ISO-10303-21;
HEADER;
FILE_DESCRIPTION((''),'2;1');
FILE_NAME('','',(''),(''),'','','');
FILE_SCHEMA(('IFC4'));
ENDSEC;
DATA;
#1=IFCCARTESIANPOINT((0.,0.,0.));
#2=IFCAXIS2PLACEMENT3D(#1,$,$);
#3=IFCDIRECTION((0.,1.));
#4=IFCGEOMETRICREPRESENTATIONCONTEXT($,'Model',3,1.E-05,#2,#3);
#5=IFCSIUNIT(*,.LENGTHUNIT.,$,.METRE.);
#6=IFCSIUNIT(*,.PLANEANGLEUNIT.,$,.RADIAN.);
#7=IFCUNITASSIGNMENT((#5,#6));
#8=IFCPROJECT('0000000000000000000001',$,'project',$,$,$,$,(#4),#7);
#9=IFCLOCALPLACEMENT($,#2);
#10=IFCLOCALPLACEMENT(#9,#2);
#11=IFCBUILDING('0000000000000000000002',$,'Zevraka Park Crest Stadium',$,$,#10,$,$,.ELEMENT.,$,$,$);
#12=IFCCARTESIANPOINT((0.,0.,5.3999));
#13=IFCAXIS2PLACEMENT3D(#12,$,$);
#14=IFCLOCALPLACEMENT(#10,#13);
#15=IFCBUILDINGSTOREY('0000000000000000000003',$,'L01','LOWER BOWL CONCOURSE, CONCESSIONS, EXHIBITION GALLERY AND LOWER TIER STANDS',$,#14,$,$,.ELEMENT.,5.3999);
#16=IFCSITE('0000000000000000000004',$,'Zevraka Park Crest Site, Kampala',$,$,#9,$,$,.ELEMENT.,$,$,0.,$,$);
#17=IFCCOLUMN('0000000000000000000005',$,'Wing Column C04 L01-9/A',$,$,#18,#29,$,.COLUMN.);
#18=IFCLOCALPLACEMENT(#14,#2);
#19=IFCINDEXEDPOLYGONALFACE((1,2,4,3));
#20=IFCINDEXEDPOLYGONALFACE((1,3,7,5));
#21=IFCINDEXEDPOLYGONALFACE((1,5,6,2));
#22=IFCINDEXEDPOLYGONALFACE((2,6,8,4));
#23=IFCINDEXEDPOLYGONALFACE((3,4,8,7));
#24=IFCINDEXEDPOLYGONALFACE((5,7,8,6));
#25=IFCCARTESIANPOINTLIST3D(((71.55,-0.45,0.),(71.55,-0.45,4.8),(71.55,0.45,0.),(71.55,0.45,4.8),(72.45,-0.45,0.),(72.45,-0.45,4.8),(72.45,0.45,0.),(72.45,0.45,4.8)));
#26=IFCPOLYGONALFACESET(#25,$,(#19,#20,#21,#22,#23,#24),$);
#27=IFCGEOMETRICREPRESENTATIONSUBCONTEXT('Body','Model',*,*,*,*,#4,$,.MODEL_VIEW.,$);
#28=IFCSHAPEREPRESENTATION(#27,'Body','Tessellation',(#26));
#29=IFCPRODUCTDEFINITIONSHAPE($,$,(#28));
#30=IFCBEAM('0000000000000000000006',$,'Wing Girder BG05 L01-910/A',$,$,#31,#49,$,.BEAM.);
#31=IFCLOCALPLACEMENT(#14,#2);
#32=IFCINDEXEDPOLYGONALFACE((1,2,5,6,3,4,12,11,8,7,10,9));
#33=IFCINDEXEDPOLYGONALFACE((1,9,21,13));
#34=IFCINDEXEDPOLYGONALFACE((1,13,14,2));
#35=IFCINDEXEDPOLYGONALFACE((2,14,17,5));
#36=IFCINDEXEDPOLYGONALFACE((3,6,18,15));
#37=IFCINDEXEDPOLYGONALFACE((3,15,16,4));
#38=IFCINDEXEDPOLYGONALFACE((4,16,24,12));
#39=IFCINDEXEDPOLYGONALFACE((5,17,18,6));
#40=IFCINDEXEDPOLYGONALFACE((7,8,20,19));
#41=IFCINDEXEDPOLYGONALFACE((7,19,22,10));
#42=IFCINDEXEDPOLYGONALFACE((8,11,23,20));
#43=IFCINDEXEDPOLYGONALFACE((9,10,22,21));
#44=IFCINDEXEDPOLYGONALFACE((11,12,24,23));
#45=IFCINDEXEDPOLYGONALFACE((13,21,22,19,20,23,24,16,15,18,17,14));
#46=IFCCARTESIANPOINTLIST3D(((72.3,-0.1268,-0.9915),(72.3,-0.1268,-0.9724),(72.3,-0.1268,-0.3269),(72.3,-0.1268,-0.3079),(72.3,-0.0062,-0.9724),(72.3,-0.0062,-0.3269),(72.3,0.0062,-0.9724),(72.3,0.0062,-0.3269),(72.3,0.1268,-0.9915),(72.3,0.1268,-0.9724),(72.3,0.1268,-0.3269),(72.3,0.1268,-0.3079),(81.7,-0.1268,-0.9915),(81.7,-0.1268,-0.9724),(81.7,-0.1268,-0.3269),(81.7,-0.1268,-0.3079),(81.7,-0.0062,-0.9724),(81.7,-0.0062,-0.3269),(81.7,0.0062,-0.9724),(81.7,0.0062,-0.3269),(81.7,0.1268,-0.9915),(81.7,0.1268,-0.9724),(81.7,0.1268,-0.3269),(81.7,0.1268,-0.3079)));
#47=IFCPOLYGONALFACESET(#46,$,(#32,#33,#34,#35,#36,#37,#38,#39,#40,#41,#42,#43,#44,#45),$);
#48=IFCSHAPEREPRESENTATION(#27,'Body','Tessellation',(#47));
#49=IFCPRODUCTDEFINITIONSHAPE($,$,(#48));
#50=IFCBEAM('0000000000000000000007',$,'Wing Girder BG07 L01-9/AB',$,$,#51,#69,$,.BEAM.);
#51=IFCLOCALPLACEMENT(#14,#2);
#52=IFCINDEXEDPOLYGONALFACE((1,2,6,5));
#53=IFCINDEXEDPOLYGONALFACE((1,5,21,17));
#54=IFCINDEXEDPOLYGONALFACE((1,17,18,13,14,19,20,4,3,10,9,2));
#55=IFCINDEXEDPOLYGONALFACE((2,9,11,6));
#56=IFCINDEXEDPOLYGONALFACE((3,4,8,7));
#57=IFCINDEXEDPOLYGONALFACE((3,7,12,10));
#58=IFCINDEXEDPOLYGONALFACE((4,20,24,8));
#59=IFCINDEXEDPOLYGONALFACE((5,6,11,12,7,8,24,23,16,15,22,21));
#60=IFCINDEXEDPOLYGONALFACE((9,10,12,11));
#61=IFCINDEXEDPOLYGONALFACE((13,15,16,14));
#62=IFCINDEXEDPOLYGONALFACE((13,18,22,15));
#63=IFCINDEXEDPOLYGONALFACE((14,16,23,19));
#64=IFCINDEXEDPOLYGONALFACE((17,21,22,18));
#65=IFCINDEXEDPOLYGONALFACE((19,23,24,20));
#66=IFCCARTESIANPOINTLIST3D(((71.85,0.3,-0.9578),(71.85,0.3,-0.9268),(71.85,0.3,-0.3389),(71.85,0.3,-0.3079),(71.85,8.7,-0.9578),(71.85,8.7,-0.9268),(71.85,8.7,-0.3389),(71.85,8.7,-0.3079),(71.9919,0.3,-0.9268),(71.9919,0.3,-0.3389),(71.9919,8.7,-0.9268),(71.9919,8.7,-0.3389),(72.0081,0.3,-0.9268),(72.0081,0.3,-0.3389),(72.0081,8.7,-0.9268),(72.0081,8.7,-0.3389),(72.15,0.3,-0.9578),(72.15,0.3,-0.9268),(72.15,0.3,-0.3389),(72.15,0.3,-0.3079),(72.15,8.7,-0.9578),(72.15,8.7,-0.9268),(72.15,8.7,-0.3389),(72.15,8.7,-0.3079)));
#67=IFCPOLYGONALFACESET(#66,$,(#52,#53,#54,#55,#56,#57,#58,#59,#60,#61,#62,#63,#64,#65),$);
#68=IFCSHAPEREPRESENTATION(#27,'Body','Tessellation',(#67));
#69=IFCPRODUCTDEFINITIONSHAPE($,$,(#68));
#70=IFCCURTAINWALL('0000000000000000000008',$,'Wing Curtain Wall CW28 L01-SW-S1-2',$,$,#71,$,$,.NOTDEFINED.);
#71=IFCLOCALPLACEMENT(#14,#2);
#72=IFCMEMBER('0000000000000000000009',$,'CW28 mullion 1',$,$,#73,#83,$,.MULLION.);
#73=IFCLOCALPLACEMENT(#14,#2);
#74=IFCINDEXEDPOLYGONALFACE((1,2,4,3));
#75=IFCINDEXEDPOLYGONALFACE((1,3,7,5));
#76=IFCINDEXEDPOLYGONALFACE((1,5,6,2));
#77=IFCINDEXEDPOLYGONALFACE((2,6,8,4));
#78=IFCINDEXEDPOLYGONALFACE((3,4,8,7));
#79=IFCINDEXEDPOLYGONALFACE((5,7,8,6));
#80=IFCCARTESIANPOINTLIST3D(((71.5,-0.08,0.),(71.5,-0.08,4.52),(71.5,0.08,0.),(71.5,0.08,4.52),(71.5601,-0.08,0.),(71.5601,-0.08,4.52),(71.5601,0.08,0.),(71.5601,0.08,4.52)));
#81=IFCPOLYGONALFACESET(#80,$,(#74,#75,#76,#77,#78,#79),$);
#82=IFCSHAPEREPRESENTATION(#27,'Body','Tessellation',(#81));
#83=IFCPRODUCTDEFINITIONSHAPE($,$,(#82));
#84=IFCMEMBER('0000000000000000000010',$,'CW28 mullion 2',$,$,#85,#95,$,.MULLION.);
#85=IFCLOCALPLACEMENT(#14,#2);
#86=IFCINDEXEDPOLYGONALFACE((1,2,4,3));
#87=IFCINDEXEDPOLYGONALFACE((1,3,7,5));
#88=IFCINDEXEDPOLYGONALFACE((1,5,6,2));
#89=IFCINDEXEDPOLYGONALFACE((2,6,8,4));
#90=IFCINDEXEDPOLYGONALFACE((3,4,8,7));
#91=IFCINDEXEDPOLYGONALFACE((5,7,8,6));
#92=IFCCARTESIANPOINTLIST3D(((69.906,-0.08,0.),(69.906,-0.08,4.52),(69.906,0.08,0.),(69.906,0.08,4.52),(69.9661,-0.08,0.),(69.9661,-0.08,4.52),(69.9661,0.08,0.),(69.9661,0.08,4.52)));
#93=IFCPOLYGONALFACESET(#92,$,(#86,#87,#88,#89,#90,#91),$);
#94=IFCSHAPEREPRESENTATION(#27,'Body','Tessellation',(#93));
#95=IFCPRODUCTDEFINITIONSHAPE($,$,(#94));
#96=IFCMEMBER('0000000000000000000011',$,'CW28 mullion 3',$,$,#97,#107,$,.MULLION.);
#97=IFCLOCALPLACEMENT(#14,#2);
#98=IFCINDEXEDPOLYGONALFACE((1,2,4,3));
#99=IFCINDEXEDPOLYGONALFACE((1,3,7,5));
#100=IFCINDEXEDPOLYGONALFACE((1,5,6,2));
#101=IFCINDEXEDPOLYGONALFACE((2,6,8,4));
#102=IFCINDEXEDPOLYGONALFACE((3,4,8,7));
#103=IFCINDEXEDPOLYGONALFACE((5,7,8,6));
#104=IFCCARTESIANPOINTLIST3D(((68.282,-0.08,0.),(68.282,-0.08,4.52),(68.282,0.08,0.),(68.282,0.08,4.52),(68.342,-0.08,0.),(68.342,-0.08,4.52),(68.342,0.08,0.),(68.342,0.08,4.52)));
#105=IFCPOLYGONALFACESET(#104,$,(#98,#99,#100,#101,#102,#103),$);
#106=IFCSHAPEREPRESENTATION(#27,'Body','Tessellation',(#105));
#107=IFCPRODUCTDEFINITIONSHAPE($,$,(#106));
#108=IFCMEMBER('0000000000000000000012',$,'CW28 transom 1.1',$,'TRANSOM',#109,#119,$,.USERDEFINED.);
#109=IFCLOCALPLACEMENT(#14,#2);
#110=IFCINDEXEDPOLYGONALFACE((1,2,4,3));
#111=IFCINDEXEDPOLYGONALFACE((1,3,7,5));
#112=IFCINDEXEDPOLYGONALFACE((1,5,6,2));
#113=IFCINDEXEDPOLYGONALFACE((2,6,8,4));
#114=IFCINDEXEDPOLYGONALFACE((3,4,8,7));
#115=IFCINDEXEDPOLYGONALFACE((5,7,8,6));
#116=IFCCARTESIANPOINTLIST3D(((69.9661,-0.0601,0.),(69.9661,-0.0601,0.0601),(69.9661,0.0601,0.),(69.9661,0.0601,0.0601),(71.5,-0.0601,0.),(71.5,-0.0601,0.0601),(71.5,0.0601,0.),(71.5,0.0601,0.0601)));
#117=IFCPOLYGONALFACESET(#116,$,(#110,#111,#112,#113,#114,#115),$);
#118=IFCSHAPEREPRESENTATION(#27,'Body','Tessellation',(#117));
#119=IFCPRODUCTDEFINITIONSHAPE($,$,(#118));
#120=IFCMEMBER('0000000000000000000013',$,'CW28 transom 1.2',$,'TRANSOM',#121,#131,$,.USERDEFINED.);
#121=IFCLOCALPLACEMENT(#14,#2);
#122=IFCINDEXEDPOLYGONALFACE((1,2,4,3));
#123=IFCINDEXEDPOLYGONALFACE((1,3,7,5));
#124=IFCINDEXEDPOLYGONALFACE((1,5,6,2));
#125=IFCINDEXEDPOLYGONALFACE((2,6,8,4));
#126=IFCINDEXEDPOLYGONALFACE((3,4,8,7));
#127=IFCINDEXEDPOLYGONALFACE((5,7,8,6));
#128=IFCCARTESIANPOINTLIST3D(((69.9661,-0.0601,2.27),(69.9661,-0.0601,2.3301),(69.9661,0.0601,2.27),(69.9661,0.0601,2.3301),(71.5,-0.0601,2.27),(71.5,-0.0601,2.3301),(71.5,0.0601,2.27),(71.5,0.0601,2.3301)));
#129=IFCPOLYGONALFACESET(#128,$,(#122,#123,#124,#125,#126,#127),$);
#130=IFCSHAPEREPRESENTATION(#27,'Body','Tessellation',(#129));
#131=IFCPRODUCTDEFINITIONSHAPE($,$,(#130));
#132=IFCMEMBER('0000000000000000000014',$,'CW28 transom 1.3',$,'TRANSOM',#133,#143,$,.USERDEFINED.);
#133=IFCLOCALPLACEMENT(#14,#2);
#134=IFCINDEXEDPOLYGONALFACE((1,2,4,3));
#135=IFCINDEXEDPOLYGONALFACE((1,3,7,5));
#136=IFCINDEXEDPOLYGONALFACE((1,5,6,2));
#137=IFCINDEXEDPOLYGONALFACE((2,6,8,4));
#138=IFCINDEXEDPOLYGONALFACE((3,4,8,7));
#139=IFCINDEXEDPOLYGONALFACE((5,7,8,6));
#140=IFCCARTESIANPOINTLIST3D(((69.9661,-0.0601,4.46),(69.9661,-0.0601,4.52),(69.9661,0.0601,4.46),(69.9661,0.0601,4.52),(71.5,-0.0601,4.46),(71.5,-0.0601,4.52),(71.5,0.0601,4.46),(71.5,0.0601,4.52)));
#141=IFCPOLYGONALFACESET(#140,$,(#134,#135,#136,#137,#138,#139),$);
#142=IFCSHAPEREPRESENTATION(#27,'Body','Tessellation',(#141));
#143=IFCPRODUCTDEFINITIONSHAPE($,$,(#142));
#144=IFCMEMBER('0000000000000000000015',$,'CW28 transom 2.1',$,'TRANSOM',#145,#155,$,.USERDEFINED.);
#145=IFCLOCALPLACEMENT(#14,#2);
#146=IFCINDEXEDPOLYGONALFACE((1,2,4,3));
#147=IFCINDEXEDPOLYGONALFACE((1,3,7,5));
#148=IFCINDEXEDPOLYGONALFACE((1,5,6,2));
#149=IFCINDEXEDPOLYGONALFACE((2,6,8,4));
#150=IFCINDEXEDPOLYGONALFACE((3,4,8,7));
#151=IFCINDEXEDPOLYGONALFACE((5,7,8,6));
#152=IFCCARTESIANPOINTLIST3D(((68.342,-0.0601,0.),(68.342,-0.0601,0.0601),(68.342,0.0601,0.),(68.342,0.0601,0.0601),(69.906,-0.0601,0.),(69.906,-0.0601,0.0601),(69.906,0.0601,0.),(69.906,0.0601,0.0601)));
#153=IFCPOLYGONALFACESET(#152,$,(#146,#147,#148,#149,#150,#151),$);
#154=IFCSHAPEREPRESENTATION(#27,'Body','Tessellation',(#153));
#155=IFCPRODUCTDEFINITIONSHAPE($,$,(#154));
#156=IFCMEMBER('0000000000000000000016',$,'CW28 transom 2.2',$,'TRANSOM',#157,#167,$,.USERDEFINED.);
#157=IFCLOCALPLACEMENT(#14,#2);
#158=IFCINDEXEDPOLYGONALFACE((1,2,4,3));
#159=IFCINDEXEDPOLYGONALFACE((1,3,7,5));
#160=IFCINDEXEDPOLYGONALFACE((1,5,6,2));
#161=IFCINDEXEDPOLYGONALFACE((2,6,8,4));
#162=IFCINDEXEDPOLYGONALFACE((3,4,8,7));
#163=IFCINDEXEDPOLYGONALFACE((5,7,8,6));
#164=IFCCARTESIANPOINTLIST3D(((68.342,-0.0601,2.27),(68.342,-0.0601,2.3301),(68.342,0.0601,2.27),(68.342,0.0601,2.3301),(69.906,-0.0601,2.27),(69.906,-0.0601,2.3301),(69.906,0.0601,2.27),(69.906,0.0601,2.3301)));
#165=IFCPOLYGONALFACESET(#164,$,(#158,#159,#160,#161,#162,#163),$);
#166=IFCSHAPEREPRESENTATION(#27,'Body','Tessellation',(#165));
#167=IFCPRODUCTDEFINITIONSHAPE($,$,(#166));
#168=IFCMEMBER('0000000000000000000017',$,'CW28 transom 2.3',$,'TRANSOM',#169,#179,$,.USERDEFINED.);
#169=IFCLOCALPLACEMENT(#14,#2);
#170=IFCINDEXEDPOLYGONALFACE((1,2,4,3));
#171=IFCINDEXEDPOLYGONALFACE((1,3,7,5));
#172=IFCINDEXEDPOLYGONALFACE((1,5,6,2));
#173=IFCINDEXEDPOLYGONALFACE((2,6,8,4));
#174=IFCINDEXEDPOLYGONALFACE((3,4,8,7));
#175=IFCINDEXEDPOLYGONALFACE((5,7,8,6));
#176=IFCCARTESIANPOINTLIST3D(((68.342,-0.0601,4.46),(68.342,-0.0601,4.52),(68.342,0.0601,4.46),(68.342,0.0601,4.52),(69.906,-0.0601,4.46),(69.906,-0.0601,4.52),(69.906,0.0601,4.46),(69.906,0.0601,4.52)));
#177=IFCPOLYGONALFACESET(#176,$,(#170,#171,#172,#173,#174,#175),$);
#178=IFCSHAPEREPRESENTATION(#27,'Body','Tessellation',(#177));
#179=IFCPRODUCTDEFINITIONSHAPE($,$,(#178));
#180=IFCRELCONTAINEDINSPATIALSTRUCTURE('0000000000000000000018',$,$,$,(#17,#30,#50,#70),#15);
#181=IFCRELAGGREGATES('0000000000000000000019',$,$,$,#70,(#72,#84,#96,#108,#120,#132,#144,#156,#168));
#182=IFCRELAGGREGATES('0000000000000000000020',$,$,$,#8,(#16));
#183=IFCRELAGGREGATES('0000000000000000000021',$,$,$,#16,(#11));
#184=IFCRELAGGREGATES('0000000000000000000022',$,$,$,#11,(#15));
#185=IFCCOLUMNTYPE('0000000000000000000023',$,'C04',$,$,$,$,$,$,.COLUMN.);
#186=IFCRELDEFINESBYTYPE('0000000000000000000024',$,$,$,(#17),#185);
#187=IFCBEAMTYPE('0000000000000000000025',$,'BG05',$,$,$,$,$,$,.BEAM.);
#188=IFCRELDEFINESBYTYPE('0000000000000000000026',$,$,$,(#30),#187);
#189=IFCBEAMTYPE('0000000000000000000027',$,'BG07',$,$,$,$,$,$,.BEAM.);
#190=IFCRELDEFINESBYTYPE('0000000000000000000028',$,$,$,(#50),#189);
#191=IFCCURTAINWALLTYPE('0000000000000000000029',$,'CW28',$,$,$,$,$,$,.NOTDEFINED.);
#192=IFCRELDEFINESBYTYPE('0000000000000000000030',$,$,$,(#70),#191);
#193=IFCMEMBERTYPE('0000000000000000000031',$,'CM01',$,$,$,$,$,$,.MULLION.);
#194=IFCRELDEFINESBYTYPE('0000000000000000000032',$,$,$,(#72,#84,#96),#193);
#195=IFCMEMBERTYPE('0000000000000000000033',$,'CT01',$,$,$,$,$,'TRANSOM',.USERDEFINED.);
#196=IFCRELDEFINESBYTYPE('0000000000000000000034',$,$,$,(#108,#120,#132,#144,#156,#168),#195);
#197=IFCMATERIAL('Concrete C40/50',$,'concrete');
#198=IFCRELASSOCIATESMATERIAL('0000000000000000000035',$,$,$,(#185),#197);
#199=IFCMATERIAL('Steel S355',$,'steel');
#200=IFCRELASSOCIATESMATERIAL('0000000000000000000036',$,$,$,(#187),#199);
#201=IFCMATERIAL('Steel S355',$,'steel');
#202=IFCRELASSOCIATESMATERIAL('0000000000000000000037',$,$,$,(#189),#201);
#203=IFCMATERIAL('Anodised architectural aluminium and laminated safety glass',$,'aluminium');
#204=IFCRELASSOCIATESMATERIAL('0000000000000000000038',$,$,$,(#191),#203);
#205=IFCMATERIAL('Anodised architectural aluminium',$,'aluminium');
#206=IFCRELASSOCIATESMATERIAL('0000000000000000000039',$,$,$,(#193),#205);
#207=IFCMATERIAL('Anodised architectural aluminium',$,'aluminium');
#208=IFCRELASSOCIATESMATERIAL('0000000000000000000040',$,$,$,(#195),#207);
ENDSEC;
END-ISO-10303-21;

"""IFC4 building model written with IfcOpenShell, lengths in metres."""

from ifc_helpers import new_model, si_unit, direction, frame, origin, origin_2d, place, context, subcontext, project, spatial, rectangle, i_section, extrude, material, material_profile, profile_set, type_object, element, aggregate, save


model = new_model("IFC4")

# Units and contexts
model_context = context("Model", 3, precision=1e-05, world=origin(), true_north=direction((0.0, 1.0)))
body_context = subcontext(model_context, "Body", "Model", "MODEL_VIEW")
ifc_project = project(units=[si_unit("LENGTHUNIT", "METRE"), si_unit("PLANEANGLEUNIT", "RADIAN")], contexts=[model_context])

# Site, building, storey
site_placement = place(None, origin())
site = spatial("IfcSite", under=ifc_project, at=site_placement, Name="Zevraka Park Crest Site, Kampala", CompositionType="ELEMENT", RefElevation=0.0)
building_placement = place(site_placement, origin())
building = spatial("IfcBuilding", under=site, at=building_placement, Name="Zevraka Park Crest Stadium", CompositionType="ELEMENT")
storey_placement = place(building_placement, frame((0.0, 0.0, 5.3999)))
storey = spatial("IfcBuildingStorey", under=building, at=storey_placement, Name="L01", Description="LOWER BOWL CONCOURSE, CONCESSIONS, EXHIBITION GALLERY AND LOWER TIER STANDS", CompositionType="ELEMENT", Elevation=5.3999)

# Column
ifc_material_1 = material(Name="Concrete C40/50", Category="concrete")
ifc_material_profile_1 = material_profile(ifc_material_1, rectangle(XDim=0.8999, YDim=0.8999, at=origin_2d()), Name="RC 900x900")
ifc_profile_set_1 = profile_set([ifc_material_profile_1], Name="Concrete C40/50")
column_type = type_object("IfcColumnType", Name="C04", PredefinedType="COLUMN", material=ifc_profile_set_1)
column_placement = place(storey_placement, frame((72.0, 0.0, 0.0), z_axis=(0.0, 0.0, 1.0), x_axis=(1.0, 0.0, 0.0)))
element("IfcColumn", 1, at=column_placement, inside=storey, type_object=column_type, Name="Wing Column C04 L01-9/A", PredefinedType="COLUMN", context=body_context, shape_type="SweptSolid", body=[
    extrude(rectangle(XDim=0.8999, YDim=0.8999, at=origin_2d()), origin(), (0.0, 0.0, 1.0), 4.8),
])

# Beams
ifc_material_2 = material(Name="Steel S355", Category="steel")
ifc_material_profile_2 = material_profile(ifc_material_2, i_section(OverallWidth=0.2537, OverallDepth=0.6836, WebThickness=0.0125, FlangeThickness=0.019, at=origin_2d()), Name="UKB 686x254x140")
ifc_profile_set_2 = profile_set([ifc_material_profile_2], Name="Steel S355")
beam_type_1 = type_object("IfcBeamType", Name="BG05", PredefinedType="BEAM", material=ifc_profile_set_2)
beam_1_placement = place(storey_placement, frame((72.3, 0.0, -0.6497), z_axis=(1.0, 0.0, 0.0), x_axis=(0.0, 1.0, 0.0)))
element("IfcBeam", 2, at=beam_1_placement, inside=storey, type_object=beam_type_1, Name="Wing Girder BG05 L01-910/A", PredefinedType="BEAM", context=body_context, shape_type="SweptSolid", body=[
    extrude(i_section(OverallWidth=0.2537, OverallDepth=0.6836, WebThickness=0.0125, FlangeThickness=0.019, at=origin_2d()), origin(), (0.0, 0.0, 1.0), 9.3999),
])
ifc_material_3 = material(Name="Steel S355", Category="steel")
ifc_material_profile_3 = material_profile(ifc_material_3, i_section(OverallWidth=0.3, OverallDepth=0.6499, WebThickness=0.0161, FlangeThickness=0.031, at=origin_2d()), Name="HEB 650")
ifc_profile_set_3 = profile_set([ifc_material_profile_3], Name="Steel S355")
beam_type_2 = type_object("IfcBeamType", Name="BG07", PredefinedType="BEAM", material=ifc_profile_set_3)
beam_2_placement = place(storey_placement, frame((72.0, 0.3, -0.6328), z_axis=(0.0, 1.0, 0.0), x_axis=(-1.0, 0.0, 0.0)))
element("IfcBeam", 3, at=beam_2_placement, inside=storey, type_object=beam_type_2, Name="Wing Girder BG07 L01-9/AB", PredefinedType="BEAM", context=body_context, shape_type="SweptSolid", body=[
    extrude(i_section(OverallWidth=0.3, OverallDepth=0.6499, WebThickness=0.0161, FlangeThickness=0.031, at=origin_2d()), origin(), (0.0, 0.0, 1.0), 8.3999),
])

# Curtain wall, members
ifc_material_4 = material(Name="Anodised architectural aluminium and laminated safety glass", Category="aluminium")
curtain_wall_type = type_object("IfcCurtainWallType", Name="CW28", PredefinedType="NOTDEFINED", material=ifc_material_4)
curtain_wall_placement = place(storey_placement, origin())
curtain_wall = element("IfcCurtainWall", 4, at=curtain_wall_placement, inside=storey, type_object=curtain_wall_type, Name="Wing Curtain Wall CW28 L01-SW-S1-2", PredefinedType="NOTDEFINED")
ifc_material_5 = material(Name="Anodised architectural aluminium", Category="aluminium")
ifc_material_profile_4 = material_profile(ifc_material_5, rectangle(XDim=0.1599, YDim=0.0601, at=origin_2d()), Name="ALU MULLION 160x60")
ifc_profile_set_4 = profile_set([ifc_material_profile_4], Name="Anodised architectural aluminium")
member_type_1 = type_object("IfcMemberType", Name="CM01", PredefinedType="MULLION", material=ifc_profile_set_4)
member_1_placement = place(storey_placement, frame((71.53, 0.0, 0.0), z_axis=(0.0, 0.0, 1.0), x_axis=(0.0, -1.0, 0.0)))
member_1 = element("IfcMember", 5, at=member_1_placement, type_object=member_type_1, Name="CW28 mullion 1", PredefinedType="MULLION", context=body_context, shape_type="SweptSolid", body=[
    extrude(rectangle(XDim=0.1599, YDim=0.0601, at=origin_2d()), origin(), (0.0, 0.0, 1.0), 4.52),
])
member_2_placement = place(storey_placement, frame((69.936, 0.0, 0.0), z_axis=(0.0, 0.0, 1.0), x_axis=(0.0, -1.0, 0.0)))
member_2 = element("IfcMember", 6, at=member_2_placement, type_object=member_type_1, Name="CW28 mullion 2", PredefinedType="MULLION", context=body_context, shape_type="SweptSolid", body=[
    extrude(rectangle(XDim=0.1599, YDim=0.0601, at=origin_2d()), origin(), (0.0, 0.0, 1.0), 4.52),
])
member_3_placement = place(storey_placement, frame((68.312, 0.0, 0.0), z_axis=(0.0, 0.0, 1.0), x_axis=(0.0, -1.0, 0.0)))
member_3 = element("IfcMember", 7, at=member_3_placement, type_object=member_type_1, Name="CW28 mullion 3", PredefinedType="MULLION", context=body_context, shape_type="SweptSolid", body=[
    extrude(rectangle(XDim=0.1599, YDim=0.0601, at=origin_2d()), origin(), (0.0, 0.0, 1.0), 4.52),
])
ifc_material_6 = material(Name="Anodised architectural aluminium", Category="aluminium")
ifc_material_profile_5 = material_profile(ifc_material_6, rectangle(XDim=0.1201, YDim=0.0601, at=origin_2d()), Name="ALU TRANSOM 120x60")
ifc_profile_set_5 = profile_set([ifc_material_profile_5], Name="Anodised architectural aluminium")
member_type_2 = type_object("IfcMemberType", Name="CT01", ElementType="TRANSOM", PredefinedType="USERDEFINED", material=ifc_profile_set_5)
member_4_placement = place(storey_placement, frame((71.5, 0.0, 0.03), z_axis=(-1.0, 0.0, 0.0), x_axis=(0.0, -1.0, 0.0)))
member_4 = element("IfcMember", 8, at=member_4_placement, type_object=member_type_2, Name="CW28 transom 1.1", ObjectType="TRANSOM", PredefinedType="USERDEFINED", context=body_context, shape_type="SweptSolid", body=[
    extrude(rectangle(XDim=0.1201, YDim=0.0601, at=origin_2d()), origin(), (0.0, 0.0, 1.0), 1.5339),
])
member_5_placement = place(storey_placement, frame((71.5, 0.0, 2.3), z_axis=(-1.0, 0.0, 0.0), x_axis=(0.0, -1.0, 0.0)))
member_5 = element("IfcMember", 9, at=member_5_placement, type_object=member_type_2, Name="CW28 transom 1.2", ObjectType="TRANSOM", PredefinedType="USERDEFINED", context=body_context, shape_type="SweptSolid", body=[
    extrude(rectangle(XDim=0.1201, YDim=0.0601, at=origin_2d()), origin(), (0.0, 0.0, 1.0), 1.5339),
])
member_6_placement = place(storey_placement, frame((71.5, 0.0, 4.49), z_axis=(-1.0, 0.0, 0.0), x_axis=(0.0, -1.0, 0.0)))
member_6 = element("IfcMember", 10, at=member_6_placement, type_object=member_type_2, Name="CW28 transom 1.3", ObjectType="TRANSOM", PredefinedType="USERDEFINED", context=body_context, shape_type="SweptSolid", body=[
    extrude(rectangle(XDim=0.1201, YDim=0.0601, at=origin_2d()), origin(), (0.0, 0.0, 1.0), 1.5339),
])
member_7_placement = place(storey_placement, frame((69.906, 0.0, 0.03), z_axis=(-1.0, 0.0, 0.0), x_axis=(0.0, -1.0, 0.0)))
member_7 = element("IfcMember", 11, at=member_7_placement, type_object=member_type_2, Name="CW28 transom 2.1", ObjectType="TRANSOM", PredefinedType="USERDEFINED", context=body_context, shape_type="SweptSolid", body=[
    extrude(rectangle(XDim=0.1201, YDim=0.0601, at=origin_2d()), origin(), (0.0, 0.0, 1.0), 1.564),
])
member_8_placement = place(storey_placement, frame((69.906, 0.0, 2.3), z_axis=(-1.0, 0.0, 0.0), x_axis=(0.0, -1.0, 0.0)))
member_8 = element("IfcMember", 12, at=member_8_placement, type_object=member_type_2, Name="CW28 transom 2.2", ObjectType="TRANSOM", PredefinedType="USERDEFINED", context=body_context, shape_type="SweptSolid", body=[
    extrude(rectangle(XDim=0.1201, YDim=0.0601, at=origin_2d()), origin(), (0.0, 0.0, 1.0), 1.564),
])
member_9_placement = place(storey_placement, frame((69.906, 0.0, 4.49), z_axis=(-1.0, 0.0, 0.0), x_axis=(0.0, -1.0, 0.0)))
member_9 = element("IfcMember", 13, at=member_9_placement, type_object=member_type_2, Name="CW28 transom 2.3", ObjectType="TRANSOM", PredefinedType="USERDEFINED", context=body_context, shape_type="SweptSolid", body=[
    extrude(rectangle(XDim=0.1201, YDim=0.0601, at=origin_2d()), origin(), (0.0, 0.0, 1.0), 1.564),
])

aggregate(curtain_wall, [member_1, member_2, member_3, member_4, member_5, member_6, member_7, member_8, member_9])

save(model, "model.ifc")
